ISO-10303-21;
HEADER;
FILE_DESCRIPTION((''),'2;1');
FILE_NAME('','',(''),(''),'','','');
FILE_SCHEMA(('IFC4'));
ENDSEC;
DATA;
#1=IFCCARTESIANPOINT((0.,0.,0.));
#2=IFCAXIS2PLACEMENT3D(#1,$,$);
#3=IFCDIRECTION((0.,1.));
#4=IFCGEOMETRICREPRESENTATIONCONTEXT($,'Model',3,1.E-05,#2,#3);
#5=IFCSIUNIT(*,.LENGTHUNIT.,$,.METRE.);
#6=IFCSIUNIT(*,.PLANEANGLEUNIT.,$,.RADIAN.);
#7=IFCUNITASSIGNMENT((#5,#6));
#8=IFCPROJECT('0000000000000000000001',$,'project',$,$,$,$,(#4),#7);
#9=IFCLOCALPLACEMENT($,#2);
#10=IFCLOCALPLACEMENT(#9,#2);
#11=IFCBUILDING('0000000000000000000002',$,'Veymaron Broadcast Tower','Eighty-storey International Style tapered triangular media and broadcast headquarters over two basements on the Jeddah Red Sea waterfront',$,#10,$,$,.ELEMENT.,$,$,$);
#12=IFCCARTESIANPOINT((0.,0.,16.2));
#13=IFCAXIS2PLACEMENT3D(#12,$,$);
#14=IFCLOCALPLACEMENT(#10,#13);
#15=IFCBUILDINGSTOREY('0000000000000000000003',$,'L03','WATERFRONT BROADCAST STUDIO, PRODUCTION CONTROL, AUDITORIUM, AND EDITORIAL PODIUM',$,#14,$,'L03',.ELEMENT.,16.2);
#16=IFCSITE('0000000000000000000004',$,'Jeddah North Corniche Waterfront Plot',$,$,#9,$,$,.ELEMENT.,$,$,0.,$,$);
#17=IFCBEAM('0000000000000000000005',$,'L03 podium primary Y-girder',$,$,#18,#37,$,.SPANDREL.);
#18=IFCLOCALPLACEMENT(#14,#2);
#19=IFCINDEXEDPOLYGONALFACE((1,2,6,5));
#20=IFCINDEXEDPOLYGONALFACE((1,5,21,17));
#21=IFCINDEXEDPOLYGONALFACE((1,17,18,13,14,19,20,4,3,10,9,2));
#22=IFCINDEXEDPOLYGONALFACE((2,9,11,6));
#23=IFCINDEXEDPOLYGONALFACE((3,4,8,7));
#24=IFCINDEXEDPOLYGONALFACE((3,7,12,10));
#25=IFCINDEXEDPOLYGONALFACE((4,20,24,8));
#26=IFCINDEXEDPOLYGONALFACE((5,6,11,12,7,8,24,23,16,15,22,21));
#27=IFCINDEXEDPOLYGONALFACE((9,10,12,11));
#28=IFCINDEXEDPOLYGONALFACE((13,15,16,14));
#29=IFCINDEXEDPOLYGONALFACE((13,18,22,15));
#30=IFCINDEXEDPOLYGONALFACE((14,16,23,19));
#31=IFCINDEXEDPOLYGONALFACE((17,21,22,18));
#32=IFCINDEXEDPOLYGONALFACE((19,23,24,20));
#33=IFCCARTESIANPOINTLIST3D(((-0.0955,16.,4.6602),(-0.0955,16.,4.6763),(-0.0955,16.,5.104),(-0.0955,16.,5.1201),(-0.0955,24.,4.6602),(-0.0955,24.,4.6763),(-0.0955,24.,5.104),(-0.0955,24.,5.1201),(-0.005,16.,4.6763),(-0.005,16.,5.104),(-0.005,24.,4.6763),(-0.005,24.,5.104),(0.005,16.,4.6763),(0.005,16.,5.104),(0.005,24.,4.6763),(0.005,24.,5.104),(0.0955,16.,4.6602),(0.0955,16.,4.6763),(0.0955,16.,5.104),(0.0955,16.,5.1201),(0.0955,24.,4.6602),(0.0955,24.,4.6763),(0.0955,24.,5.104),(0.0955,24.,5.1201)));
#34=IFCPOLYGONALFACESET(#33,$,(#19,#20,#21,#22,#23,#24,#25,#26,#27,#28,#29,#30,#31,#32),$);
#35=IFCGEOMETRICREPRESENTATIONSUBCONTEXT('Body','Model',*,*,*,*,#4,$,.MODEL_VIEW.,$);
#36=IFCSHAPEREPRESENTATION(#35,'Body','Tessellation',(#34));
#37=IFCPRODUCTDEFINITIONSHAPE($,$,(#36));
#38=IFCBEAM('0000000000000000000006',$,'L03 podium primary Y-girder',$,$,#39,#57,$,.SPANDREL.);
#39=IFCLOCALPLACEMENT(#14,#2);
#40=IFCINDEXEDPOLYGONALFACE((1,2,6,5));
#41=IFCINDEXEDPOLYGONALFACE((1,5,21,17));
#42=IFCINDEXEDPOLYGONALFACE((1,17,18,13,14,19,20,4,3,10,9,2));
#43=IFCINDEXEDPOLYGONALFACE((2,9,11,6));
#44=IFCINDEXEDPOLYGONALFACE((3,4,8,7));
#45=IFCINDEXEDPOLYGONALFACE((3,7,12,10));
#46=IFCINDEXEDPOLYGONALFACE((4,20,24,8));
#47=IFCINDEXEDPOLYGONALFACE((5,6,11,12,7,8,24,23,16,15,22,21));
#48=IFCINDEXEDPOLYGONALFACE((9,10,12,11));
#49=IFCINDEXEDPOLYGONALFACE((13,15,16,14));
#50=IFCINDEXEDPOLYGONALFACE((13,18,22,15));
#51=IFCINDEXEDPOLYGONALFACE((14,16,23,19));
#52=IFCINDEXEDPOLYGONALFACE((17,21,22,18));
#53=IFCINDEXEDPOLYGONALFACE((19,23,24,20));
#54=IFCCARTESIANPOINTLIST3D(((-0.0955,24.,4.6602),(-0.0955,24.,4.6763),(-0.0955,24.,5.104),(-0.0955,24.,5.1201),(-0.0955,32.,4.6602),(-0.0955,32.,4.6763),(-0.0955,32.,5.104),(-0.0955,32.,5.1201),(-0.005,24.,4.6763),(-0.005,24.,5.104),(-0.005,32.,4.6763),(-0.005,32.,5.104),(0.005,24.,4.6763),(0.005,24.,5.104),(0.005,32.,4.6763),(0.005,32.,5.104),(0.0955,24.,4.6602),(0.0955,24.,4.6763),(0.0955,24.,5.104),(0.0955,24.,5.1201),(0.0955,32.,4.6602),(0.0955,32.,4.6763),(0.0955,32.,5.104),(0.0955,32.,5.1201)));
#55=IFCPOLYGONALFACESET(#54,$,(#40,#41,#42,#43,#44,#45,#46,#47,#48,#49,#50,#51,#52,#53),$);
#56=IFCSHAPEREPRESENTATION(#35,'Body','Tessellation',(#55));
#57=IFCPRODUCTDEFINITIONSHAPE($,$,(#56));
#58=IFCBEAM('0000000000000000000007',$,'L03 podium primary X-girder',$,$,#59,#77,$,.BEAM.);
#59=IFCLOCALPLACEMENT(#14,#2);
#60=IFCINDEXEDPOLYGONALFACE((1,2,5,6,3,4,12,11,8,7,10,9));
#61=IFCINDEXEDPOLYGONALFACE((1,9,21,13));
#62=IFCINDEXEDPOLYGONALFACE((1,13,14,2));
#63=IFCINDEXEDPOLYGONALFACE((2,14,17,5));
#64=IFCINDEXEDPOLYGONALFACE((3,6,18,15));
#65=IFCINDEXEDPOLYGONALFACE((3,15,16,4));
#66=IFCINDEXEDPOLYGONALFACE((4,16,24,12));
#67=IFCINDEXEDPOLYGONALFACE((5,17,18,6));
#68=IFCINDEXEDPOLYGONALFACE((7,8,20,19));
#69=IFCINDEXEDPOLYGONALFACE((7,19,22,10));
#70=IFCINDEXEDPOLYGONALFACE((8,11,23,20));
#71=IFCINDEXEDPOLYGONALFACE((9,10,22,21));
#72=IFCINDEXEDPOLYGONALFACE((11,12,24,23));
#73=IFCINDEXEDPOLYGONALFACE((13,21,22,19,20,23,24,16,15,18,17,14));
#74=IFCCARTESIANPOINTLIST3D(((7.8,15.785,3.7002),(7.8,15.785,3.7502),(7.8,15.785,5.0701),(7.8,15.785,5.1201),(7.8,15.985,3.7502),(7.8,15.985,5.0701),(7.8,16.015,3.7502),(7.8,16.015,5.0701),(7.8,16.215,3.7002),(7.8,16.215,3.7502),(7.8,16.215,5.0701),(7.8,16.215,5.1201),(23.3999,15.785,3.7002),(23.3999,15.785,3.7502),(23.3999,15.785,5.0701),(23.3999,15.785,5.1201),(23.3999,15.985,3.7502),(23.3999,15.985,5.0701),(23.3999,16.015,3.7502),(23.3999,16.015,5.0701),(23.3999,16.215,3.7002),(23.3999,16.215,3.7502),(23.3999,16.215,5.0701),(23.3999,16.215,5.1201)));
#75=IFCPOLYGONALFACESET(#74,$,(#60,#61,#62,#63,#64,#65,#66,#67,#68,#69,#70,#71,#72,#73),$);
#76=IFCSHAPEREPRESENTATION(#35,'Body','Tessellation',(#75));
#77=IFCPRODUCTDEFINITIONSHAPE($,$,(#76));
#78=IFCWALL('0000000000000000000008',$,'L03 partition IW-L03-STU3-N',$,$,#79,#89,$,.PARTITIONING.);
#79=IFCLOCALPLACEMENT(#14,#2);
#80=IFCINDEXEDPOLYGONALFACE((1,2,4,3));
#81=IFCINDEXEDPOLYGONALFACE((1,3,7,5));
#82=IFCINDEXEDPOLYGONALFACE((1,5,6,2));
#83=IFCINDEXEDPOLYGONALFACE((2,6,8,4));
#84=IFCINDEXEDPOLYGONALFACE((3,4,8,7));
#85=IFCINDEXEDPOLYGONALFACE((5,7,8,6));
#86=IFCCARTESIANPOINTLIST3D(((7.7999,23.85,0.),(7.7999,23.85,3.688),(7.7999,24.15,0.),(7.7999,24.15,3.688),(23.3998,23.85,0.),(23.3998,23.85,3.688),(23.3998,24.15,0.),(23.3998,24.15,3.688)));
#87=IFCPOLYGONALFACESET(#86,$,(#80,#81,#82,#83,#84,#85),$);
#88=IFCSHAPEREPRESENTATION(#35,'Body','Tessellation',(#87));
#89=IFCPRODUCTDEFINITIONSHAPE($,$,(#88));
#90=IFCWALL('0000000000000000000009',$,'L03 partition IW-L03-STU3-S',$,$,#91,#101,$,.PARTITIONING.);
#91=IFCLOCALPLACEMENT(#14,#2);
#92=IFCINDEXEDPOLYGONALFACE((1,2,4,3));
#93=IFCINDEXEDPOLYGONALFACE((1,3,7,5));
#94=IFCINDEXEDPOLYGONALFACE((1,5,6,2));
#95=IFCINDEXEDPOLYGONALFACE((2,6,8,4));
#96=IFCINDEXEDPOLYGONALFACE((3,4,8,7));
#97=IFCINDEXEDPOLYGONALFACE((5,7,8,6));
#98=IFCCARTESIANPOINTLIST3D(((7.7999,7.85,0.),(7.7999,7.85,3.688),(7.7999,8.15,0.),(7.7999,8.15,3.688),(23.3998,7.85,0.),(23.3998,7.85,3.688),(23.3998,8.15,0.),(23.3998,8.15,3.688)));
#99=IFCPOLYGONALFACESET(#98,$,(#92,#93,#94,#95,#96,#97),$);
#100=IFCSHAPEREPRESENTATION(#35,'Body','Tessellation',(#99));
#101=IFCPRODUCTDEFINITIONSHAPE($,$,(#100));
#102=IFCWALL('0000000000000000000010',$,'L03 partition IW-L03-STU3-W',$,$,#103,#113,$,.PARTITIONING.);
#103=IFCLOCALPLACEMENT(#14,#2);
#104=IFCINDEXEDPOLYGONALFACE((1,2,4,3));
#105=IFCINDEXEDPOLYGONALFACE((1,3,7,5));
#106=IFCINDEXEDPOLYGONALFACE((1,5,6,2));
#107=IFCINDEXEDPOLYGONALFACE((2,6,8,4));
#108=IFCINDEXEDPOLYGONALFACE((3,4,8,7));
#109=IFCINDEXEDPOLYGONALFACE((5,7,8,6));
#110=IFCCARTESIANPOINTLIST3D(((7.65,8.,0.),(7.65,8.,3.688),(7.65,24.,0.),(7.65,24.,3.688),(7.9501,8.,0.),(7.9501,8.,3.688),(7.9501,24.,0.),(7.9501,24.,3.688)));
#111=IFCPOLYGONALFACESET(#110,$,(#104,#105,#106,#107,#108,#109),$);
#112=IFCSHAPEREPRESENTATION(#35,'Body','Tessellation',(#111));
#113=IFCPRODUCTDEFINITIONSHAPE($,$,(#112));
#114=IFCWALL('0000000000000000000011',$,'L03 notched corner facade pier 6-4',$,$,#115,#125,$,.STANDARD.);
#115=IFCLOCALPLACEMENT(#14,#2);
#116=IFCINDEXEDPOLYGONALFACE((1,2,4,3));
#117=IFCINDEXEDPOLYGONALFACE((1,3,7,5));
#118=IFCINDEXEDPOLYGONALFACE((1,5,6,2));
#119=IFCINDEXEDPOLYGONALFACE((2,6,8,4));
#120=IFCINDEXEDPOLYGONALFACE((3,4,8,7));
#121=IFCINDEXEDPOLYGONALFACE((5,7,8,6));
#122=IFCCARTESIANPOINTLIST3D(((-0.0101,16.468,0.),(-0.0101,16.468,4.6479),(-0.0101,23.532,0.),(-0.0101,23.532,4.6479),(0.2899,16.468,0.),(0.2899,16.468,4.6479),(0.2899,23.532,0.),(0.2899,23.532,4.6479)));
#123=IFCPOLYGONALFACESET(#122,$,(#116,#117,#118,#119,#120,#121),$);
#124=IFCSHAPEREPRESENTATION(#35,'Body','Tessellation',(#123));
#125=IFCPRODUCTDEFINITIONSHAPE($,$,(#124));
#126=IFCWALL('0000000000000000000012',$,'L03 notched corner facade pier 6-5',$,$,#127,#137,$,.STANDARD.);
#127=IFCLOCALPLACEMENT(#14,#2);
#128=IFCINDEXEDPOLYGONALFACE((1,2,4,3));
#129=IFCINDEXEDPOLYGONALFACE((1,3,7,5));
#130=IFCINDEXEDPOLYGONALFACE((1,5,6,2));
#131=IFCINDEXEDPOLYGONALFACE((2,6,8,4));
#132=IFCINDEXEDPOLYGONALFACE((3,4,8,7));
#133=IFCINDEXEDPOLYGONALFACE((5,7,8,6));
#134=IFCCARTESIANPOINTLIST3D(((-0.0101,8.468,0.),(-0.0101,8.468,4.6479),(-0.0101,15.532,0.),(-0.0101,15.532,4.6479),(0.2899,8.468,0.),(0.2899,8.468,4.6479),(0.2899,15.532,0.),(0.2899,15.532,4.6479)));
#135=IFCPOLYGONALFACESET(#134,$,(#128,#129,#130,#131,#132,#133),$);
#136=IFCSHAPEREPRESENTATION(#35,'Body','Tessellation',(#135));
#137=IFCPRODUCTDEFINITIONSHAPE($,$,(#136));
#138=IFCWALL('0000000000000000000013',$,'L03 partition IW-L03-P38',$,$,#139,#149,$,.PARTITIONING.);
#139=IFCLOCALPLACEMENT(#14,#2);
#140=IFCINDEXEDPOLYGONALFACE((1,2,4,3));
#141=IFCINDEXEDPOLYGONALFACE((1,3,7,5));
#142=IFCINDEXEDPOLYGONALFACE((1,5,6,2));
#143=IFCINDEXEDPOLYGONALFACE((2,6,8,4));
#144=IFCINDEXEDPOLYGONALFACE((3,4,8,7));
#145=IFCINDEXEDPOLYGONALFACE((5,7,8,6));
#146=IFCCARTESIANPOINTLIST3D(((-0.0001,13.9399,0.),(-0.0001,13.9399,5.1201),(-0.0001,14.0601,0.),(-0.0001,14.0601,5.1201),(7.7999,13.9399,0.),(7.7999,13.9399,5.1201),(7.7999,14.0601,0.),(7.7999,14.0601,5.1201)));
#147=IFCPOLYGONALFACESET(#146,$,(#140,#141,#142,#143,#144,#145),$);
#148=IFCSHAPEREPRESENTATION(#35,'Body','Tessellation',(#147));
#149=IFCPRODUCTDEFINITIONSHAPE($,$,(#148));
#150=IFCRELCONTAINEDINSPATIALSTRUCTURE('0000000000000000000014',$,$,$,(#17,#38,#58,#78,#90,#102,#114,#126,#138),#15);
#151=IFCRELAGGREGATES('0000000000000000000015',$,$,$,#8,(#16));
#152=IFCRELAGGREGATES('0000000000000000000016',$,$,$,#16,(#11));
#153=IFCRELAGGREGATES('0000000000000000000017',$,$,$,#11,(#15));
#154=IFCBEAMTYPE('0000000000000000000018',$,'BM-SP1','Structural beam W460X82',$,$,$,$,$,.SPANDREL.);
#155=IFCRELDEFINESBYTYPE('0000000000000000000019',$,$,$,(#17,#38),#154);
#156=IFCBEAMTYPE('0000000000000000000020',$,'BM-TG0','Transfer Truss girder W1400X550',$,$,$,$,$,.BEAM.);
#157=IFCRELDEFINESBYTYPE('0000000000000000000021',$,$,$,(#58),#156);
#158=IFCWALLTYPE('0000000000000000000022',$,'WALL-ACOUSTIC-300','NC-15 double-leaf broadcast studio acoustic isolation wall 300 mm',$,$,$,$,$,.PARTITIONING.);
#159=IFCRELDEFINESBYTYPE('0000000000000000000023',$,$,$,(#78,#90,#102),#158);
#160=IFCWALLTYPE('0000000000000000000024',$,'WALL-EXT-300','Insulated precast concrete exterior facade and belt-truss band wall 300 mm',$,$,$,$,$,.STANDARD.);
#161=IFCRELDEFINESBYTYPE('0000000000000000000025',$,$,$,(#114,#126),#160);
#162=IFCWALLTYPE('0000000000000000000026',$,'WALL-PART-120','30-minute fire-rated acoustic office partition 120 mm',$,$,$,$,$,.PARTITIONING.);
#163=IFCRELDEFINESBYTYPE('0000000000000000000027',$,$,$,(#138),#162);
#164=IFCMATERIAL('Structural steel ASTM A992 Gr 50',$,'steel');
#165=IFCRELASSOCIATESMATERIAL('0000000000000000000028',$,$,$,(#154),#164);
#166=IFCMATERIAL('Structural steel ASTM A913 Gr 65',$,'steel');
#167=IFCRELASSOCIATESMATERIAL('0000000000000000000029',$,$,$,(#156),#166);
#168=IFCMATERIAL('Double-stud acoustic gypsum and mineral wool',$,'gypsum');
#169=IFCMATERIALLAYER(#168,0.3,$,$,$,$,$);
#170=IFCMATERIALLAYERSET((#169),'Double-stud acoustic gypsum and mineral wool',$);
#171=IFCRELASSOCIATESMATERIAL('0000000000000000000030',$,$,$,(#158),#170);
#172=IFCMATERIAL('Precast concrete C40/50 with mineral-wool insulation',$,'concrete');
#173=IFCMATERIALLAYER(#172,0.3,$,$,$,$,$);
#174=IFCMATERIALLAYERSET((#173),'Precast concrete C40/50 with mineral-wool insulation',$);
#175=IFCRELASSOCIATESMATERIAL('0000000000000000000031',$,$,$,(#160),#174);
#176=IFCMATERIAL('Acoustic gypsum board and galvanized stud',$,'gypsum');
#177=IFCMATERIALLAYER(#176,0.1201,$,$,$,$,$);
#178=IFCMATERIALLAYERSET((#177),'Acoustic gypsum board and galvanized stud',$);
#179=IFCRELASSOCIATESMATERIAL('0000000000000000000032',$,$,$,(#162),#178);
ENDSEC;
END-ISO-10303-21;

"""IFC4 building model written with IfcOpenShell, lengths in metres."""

from ifc_helpers import new_model, si_unit, direction, frame, frame_2d, origin, origin_2d, place, context, subcontext, project, spatial, rectangle, i_section, extrude, material, layer, layer_set, material_profile, profile_set, type_object, element, save


model = new_model("IFC4")

# Units and contexts
model_context = context("Model", 3, precision=1e-05, world=origin(), true_north=direction((0.0, 1.0)))
body_context = subcontext(model_context, "Body", "Model", "MODEL_VIEW")
ifc_project = project(units=[si_unit("LENGTHUNIT", "METRE"), si_unit("PLANEANGLEUNIT", "RADIAN")], contexts=[model_context])

# Site, building, storey
site_placement = place(None, origin())
site = spatial("IfcSite", under=ifc_project, at=site_placement, Name="Jeddah North Corniche Waterfront Plot", CompositionType="ELEMENT", RefElevation=0.0)
building_placement = place(site_placement, origin())
building = spatial("IfcBuilding", under=site, at=building_placement, Name="Veymaron Broadcast Tower", Description="Eighty-storey International Style tapered triangular media and broadcast headquarters over two basements on the Jeddah Red Sea waterfront", CompositionType="ELEMENT")
storey_placement = place(building_placement, frame((0.0, 0.0, 16.2)))
storey = spatial("IfcBuildingStorey", under=building, at=storey_placement, Name="L03", Description="WATERFRONT BROADCAST STUDIO, PRODUCTION CONTROL, AUDITORIUM, AND EDITORIAL PODIUM", LongName="L03", CompositionType="ELEMENT", Elevation=16.2)

# Shared definitions
ifc_material_1 = material(Name="Structural steel ASTM A913 Gr 65", Category="steel")

# Beams
ifc_material_2 = material(Name="Structural steel ASTM A992 Gr 50", Category="steel")
ifc_material_profile_1 = material_profile(ifc_material_2, i_section(OverallWidth=0.1909, OverallDepth=0.46, WebThickness=0.01, FlangeThickness=0.0161, at=origin_2d()), Name="W460X82")
ifc_profile_set_1 = profile_set([ifc_material_profile_1], Name="Structural steel ASTM A992 Gr 50")
beam_type_1 = type_object("IfcBeamType", Name="BM-SP1", Description="Structural beam W460X82", PredefinedType="SPANDREL", material=ifc_profile_set_1)
for number, where, z_axis, x_axis, name in (
    (1, (0.0, 16.0, 4.8901), (0.0, 1.0, 0.0), (-1.0, 0.0, 0.0), "L03 podium primary Y-girder"),
    (2, (0.0, 24.0, 4.8901), (0.0, 1.0, 0.0), (-1.0, 0.0, 0.0), "L03 podium primary Y-girder"),
):
    element("IfcBeam", number, at=place(storey_placement, frame(where, z_axis=z_axis, x_axis=x_axis)), inside=storey, type_object=beam_type_1, Name=name, PredefinedType="SPANDREL", context=body_context, shape_type="SweptSolid", body=[
        extrude(i_section(OverallWidth=0.1909, OverallDepth=0.46, WebThickness=0.01, FlangeThickness=0.0161, at=origin_2d()), origin(), (0.0, 0.0, 1.0), 8.0),
    ])
ifc_material_profile_2 = material_profile(ifc_material_1, i_section(OverallWidth=0.4299, OverallDepth=1.4199, WebThickness=0.03, FlangeThickness=0.05, at=origin_2d()), Name="W1400X550")
ifc_profile_set_2 = profile_set([ifc_material_profile_2], Name="Structural steel ASTM A913 Gr 65")
beam_type_2 = type_object("IfcBeamType", Name="BM-TG0", Description="Transfer Truss girder W1400X550", PredefinedType="BEAM", material=ifc_profile_set_2)
beam_1_placement = place(storey_placement, frame((7.8, 16.0, 4.4102), z_axis=(1.0, 0.0, 0.0), x_axis=(0.0, 1.0, 0.0)))
element("IfcBeam", 3, at=beam_1_placement, inside=storey, type_object=beam_type_2, Name="L03 podium primary X-girder", PredefinedType="BEAM", context=body_context, shape_type="SweptSolid", body=[
    extrude(i_section(OverallWidth=0.4299, OverallDepth=1.4199, WebThickness=0.03, FlangeThickness=0.05, at=origin_2d()), origin(), (0.0, 0.0, 1.0), 15.5999),
])

# Walls
ifc_material_3 = material(Name="Double-stud acoustic gypsum and mineral wool", Category="gypsum")
ifc_layer_1 = layer(ifc_material_3, 0.3)
ifc_layer_set_1 = layer_set([ifc_layer_1], Name="Double-stud acoustic gypsum and mineral wool")
wall_type_1 = type_object("IfcWallType", Name="WALL-ACOUSTIC-300", Description="NC-15 double-leaf broadcast studio acoustic isolation wall 300 mm", PredefinedType="PARTITIONING", material=ifc_layer_set_1)
for number, where, z_axis, x_axis, name in (
    (4, (7.8, 24.0, 0.0), (0.0, 0.0, 1.0), (1.0, 0.0, 0.0), "L03 partition IW-L03-STU3-N"),
    (5, (7.8, 8.0, 0.0), (0.0, 0.0, 1.0), (1.0, 0.0, 0.0), "L03 partition IW-L03-STU3-S"),
):
    element("IfcWall", number, at=place(storey_placement, frame(where, z_axis=z_axis, x_axis=x_axis)), inside=storey, type_object=wall_type_1, Name=name, PredefinedType="PARTITIONING", context=body_context, shape_type="SweptSolid", body=[
        extrude(rectangle(XDim=15.5999, YDim=0.3, at=frame_2d((7.7998, 0.0))), origin(), (0.0, 0.0, 1.0), 3.688),
    ])
wall_1_placement = place(storey_placement, frame((7.8, 8.0, 0.0), z_axis=(0.0, 0.0, 1.0), x_axis=(0.0, 1.0, 0.0)))
element("IfcWall", 6, at=wall_1_placement, inside=storey, type_object=wall_type_1, Name="L03 partition IW-L03-STU3-W", PredefinedType="PARTITIONING", context=body_context, shape_type="SweptSolid", body=[
    extrude(rectangle(XDim=16.0, YDim=0.3, at=frame_2d((8.0, 0.0))), origin(), (0.0, 0.0, 1.0), 3.688),
])
ifc_material_4 = material(Name="Precast concrete C40/50 with mineral-wool insulation", Category="concrete")
ifc_layer_2 = layer(ifc_material_4, 0.3)
ifc_layer_set_2 = layer_set([ifc_layer_2], Name="Precast concrete C40/50 with mineral-wool insulation")
wall_type_2 = type_object("IfcWallType", Name="WALL-EXT-300", Description="Insulated precast concrete exterior facade and belt-truss band wall 300 mm", PredefinedType="STANDARD", material=ifc_layer_set_2)
for number, where, z_axis, x_axis, name in (
    (7, (0.1399, 23.532, 0.0), (0.0, 0.0, 1.0), (0.0, -1.0, 0.0), "L03 notched corner facade pier 6-4"),
    (8, (0.1399, 15.532, 0.0), (0.0, 0.0, 1.0), (0.0, -1.0, 0.0), "L03 notched corner facade pier 6-5"),
):
    element("IfcWall", number, at=place(storey_placement, frame(where, z_axis=z_axis, x_axis=x_axis)), inside=storey, type_object=wall_type_2, Name=name, PredefinedType="STANDARD", context=body_context, shape_type="SweptSolid", body=[
        extrude(rectangle(XDim=7.064, YDim=0.3, at=frame_2d((3.532, 0.0))), origin(), (0.0, 0.0, 1.0), 4.6479),
    ])
ifc_material_5 = material(Name="Acoustic gypsum board and galvanized stud", Category="gypsum")
ifc_layer_3 = layer(ifc_material_5, 0.1201)
ifc_layer_set_3 = layer_set([ifc_layer_3], Name="Acoustic gypsum board and galvanized stud")
wall_type_3 = type_object("IfcWallType", Name="WALL-PART-120", Description="30-minute fire-rated acoustic office partition 120 mm", PredefinedType="PARTITIONING", material=ifc_layer_set_3)
wall_2_placement = place(storey_placement, frame((0.0, 14.0, 0.0), z_axis=(0.0, 0.0, 1.0), x_axis=(1.0, 0.0, 0.0)))
element("IfcWall", 9, at=wall_2_placement, inside=storey, type_object=wall_type_3, Name="L03 partition IW-L03-P38", PredefinedType="PARTITIONING", context=body_context, shape_type="SweptSolid", body=[
    extrude(rectangle(XDim=7.8, YDim=0.1201, at=frame_2d((3.8999, 0.0))), origin(), (0.0, 0.0, 1.0), 5.1201),
])

save(model, "model.ifc")
